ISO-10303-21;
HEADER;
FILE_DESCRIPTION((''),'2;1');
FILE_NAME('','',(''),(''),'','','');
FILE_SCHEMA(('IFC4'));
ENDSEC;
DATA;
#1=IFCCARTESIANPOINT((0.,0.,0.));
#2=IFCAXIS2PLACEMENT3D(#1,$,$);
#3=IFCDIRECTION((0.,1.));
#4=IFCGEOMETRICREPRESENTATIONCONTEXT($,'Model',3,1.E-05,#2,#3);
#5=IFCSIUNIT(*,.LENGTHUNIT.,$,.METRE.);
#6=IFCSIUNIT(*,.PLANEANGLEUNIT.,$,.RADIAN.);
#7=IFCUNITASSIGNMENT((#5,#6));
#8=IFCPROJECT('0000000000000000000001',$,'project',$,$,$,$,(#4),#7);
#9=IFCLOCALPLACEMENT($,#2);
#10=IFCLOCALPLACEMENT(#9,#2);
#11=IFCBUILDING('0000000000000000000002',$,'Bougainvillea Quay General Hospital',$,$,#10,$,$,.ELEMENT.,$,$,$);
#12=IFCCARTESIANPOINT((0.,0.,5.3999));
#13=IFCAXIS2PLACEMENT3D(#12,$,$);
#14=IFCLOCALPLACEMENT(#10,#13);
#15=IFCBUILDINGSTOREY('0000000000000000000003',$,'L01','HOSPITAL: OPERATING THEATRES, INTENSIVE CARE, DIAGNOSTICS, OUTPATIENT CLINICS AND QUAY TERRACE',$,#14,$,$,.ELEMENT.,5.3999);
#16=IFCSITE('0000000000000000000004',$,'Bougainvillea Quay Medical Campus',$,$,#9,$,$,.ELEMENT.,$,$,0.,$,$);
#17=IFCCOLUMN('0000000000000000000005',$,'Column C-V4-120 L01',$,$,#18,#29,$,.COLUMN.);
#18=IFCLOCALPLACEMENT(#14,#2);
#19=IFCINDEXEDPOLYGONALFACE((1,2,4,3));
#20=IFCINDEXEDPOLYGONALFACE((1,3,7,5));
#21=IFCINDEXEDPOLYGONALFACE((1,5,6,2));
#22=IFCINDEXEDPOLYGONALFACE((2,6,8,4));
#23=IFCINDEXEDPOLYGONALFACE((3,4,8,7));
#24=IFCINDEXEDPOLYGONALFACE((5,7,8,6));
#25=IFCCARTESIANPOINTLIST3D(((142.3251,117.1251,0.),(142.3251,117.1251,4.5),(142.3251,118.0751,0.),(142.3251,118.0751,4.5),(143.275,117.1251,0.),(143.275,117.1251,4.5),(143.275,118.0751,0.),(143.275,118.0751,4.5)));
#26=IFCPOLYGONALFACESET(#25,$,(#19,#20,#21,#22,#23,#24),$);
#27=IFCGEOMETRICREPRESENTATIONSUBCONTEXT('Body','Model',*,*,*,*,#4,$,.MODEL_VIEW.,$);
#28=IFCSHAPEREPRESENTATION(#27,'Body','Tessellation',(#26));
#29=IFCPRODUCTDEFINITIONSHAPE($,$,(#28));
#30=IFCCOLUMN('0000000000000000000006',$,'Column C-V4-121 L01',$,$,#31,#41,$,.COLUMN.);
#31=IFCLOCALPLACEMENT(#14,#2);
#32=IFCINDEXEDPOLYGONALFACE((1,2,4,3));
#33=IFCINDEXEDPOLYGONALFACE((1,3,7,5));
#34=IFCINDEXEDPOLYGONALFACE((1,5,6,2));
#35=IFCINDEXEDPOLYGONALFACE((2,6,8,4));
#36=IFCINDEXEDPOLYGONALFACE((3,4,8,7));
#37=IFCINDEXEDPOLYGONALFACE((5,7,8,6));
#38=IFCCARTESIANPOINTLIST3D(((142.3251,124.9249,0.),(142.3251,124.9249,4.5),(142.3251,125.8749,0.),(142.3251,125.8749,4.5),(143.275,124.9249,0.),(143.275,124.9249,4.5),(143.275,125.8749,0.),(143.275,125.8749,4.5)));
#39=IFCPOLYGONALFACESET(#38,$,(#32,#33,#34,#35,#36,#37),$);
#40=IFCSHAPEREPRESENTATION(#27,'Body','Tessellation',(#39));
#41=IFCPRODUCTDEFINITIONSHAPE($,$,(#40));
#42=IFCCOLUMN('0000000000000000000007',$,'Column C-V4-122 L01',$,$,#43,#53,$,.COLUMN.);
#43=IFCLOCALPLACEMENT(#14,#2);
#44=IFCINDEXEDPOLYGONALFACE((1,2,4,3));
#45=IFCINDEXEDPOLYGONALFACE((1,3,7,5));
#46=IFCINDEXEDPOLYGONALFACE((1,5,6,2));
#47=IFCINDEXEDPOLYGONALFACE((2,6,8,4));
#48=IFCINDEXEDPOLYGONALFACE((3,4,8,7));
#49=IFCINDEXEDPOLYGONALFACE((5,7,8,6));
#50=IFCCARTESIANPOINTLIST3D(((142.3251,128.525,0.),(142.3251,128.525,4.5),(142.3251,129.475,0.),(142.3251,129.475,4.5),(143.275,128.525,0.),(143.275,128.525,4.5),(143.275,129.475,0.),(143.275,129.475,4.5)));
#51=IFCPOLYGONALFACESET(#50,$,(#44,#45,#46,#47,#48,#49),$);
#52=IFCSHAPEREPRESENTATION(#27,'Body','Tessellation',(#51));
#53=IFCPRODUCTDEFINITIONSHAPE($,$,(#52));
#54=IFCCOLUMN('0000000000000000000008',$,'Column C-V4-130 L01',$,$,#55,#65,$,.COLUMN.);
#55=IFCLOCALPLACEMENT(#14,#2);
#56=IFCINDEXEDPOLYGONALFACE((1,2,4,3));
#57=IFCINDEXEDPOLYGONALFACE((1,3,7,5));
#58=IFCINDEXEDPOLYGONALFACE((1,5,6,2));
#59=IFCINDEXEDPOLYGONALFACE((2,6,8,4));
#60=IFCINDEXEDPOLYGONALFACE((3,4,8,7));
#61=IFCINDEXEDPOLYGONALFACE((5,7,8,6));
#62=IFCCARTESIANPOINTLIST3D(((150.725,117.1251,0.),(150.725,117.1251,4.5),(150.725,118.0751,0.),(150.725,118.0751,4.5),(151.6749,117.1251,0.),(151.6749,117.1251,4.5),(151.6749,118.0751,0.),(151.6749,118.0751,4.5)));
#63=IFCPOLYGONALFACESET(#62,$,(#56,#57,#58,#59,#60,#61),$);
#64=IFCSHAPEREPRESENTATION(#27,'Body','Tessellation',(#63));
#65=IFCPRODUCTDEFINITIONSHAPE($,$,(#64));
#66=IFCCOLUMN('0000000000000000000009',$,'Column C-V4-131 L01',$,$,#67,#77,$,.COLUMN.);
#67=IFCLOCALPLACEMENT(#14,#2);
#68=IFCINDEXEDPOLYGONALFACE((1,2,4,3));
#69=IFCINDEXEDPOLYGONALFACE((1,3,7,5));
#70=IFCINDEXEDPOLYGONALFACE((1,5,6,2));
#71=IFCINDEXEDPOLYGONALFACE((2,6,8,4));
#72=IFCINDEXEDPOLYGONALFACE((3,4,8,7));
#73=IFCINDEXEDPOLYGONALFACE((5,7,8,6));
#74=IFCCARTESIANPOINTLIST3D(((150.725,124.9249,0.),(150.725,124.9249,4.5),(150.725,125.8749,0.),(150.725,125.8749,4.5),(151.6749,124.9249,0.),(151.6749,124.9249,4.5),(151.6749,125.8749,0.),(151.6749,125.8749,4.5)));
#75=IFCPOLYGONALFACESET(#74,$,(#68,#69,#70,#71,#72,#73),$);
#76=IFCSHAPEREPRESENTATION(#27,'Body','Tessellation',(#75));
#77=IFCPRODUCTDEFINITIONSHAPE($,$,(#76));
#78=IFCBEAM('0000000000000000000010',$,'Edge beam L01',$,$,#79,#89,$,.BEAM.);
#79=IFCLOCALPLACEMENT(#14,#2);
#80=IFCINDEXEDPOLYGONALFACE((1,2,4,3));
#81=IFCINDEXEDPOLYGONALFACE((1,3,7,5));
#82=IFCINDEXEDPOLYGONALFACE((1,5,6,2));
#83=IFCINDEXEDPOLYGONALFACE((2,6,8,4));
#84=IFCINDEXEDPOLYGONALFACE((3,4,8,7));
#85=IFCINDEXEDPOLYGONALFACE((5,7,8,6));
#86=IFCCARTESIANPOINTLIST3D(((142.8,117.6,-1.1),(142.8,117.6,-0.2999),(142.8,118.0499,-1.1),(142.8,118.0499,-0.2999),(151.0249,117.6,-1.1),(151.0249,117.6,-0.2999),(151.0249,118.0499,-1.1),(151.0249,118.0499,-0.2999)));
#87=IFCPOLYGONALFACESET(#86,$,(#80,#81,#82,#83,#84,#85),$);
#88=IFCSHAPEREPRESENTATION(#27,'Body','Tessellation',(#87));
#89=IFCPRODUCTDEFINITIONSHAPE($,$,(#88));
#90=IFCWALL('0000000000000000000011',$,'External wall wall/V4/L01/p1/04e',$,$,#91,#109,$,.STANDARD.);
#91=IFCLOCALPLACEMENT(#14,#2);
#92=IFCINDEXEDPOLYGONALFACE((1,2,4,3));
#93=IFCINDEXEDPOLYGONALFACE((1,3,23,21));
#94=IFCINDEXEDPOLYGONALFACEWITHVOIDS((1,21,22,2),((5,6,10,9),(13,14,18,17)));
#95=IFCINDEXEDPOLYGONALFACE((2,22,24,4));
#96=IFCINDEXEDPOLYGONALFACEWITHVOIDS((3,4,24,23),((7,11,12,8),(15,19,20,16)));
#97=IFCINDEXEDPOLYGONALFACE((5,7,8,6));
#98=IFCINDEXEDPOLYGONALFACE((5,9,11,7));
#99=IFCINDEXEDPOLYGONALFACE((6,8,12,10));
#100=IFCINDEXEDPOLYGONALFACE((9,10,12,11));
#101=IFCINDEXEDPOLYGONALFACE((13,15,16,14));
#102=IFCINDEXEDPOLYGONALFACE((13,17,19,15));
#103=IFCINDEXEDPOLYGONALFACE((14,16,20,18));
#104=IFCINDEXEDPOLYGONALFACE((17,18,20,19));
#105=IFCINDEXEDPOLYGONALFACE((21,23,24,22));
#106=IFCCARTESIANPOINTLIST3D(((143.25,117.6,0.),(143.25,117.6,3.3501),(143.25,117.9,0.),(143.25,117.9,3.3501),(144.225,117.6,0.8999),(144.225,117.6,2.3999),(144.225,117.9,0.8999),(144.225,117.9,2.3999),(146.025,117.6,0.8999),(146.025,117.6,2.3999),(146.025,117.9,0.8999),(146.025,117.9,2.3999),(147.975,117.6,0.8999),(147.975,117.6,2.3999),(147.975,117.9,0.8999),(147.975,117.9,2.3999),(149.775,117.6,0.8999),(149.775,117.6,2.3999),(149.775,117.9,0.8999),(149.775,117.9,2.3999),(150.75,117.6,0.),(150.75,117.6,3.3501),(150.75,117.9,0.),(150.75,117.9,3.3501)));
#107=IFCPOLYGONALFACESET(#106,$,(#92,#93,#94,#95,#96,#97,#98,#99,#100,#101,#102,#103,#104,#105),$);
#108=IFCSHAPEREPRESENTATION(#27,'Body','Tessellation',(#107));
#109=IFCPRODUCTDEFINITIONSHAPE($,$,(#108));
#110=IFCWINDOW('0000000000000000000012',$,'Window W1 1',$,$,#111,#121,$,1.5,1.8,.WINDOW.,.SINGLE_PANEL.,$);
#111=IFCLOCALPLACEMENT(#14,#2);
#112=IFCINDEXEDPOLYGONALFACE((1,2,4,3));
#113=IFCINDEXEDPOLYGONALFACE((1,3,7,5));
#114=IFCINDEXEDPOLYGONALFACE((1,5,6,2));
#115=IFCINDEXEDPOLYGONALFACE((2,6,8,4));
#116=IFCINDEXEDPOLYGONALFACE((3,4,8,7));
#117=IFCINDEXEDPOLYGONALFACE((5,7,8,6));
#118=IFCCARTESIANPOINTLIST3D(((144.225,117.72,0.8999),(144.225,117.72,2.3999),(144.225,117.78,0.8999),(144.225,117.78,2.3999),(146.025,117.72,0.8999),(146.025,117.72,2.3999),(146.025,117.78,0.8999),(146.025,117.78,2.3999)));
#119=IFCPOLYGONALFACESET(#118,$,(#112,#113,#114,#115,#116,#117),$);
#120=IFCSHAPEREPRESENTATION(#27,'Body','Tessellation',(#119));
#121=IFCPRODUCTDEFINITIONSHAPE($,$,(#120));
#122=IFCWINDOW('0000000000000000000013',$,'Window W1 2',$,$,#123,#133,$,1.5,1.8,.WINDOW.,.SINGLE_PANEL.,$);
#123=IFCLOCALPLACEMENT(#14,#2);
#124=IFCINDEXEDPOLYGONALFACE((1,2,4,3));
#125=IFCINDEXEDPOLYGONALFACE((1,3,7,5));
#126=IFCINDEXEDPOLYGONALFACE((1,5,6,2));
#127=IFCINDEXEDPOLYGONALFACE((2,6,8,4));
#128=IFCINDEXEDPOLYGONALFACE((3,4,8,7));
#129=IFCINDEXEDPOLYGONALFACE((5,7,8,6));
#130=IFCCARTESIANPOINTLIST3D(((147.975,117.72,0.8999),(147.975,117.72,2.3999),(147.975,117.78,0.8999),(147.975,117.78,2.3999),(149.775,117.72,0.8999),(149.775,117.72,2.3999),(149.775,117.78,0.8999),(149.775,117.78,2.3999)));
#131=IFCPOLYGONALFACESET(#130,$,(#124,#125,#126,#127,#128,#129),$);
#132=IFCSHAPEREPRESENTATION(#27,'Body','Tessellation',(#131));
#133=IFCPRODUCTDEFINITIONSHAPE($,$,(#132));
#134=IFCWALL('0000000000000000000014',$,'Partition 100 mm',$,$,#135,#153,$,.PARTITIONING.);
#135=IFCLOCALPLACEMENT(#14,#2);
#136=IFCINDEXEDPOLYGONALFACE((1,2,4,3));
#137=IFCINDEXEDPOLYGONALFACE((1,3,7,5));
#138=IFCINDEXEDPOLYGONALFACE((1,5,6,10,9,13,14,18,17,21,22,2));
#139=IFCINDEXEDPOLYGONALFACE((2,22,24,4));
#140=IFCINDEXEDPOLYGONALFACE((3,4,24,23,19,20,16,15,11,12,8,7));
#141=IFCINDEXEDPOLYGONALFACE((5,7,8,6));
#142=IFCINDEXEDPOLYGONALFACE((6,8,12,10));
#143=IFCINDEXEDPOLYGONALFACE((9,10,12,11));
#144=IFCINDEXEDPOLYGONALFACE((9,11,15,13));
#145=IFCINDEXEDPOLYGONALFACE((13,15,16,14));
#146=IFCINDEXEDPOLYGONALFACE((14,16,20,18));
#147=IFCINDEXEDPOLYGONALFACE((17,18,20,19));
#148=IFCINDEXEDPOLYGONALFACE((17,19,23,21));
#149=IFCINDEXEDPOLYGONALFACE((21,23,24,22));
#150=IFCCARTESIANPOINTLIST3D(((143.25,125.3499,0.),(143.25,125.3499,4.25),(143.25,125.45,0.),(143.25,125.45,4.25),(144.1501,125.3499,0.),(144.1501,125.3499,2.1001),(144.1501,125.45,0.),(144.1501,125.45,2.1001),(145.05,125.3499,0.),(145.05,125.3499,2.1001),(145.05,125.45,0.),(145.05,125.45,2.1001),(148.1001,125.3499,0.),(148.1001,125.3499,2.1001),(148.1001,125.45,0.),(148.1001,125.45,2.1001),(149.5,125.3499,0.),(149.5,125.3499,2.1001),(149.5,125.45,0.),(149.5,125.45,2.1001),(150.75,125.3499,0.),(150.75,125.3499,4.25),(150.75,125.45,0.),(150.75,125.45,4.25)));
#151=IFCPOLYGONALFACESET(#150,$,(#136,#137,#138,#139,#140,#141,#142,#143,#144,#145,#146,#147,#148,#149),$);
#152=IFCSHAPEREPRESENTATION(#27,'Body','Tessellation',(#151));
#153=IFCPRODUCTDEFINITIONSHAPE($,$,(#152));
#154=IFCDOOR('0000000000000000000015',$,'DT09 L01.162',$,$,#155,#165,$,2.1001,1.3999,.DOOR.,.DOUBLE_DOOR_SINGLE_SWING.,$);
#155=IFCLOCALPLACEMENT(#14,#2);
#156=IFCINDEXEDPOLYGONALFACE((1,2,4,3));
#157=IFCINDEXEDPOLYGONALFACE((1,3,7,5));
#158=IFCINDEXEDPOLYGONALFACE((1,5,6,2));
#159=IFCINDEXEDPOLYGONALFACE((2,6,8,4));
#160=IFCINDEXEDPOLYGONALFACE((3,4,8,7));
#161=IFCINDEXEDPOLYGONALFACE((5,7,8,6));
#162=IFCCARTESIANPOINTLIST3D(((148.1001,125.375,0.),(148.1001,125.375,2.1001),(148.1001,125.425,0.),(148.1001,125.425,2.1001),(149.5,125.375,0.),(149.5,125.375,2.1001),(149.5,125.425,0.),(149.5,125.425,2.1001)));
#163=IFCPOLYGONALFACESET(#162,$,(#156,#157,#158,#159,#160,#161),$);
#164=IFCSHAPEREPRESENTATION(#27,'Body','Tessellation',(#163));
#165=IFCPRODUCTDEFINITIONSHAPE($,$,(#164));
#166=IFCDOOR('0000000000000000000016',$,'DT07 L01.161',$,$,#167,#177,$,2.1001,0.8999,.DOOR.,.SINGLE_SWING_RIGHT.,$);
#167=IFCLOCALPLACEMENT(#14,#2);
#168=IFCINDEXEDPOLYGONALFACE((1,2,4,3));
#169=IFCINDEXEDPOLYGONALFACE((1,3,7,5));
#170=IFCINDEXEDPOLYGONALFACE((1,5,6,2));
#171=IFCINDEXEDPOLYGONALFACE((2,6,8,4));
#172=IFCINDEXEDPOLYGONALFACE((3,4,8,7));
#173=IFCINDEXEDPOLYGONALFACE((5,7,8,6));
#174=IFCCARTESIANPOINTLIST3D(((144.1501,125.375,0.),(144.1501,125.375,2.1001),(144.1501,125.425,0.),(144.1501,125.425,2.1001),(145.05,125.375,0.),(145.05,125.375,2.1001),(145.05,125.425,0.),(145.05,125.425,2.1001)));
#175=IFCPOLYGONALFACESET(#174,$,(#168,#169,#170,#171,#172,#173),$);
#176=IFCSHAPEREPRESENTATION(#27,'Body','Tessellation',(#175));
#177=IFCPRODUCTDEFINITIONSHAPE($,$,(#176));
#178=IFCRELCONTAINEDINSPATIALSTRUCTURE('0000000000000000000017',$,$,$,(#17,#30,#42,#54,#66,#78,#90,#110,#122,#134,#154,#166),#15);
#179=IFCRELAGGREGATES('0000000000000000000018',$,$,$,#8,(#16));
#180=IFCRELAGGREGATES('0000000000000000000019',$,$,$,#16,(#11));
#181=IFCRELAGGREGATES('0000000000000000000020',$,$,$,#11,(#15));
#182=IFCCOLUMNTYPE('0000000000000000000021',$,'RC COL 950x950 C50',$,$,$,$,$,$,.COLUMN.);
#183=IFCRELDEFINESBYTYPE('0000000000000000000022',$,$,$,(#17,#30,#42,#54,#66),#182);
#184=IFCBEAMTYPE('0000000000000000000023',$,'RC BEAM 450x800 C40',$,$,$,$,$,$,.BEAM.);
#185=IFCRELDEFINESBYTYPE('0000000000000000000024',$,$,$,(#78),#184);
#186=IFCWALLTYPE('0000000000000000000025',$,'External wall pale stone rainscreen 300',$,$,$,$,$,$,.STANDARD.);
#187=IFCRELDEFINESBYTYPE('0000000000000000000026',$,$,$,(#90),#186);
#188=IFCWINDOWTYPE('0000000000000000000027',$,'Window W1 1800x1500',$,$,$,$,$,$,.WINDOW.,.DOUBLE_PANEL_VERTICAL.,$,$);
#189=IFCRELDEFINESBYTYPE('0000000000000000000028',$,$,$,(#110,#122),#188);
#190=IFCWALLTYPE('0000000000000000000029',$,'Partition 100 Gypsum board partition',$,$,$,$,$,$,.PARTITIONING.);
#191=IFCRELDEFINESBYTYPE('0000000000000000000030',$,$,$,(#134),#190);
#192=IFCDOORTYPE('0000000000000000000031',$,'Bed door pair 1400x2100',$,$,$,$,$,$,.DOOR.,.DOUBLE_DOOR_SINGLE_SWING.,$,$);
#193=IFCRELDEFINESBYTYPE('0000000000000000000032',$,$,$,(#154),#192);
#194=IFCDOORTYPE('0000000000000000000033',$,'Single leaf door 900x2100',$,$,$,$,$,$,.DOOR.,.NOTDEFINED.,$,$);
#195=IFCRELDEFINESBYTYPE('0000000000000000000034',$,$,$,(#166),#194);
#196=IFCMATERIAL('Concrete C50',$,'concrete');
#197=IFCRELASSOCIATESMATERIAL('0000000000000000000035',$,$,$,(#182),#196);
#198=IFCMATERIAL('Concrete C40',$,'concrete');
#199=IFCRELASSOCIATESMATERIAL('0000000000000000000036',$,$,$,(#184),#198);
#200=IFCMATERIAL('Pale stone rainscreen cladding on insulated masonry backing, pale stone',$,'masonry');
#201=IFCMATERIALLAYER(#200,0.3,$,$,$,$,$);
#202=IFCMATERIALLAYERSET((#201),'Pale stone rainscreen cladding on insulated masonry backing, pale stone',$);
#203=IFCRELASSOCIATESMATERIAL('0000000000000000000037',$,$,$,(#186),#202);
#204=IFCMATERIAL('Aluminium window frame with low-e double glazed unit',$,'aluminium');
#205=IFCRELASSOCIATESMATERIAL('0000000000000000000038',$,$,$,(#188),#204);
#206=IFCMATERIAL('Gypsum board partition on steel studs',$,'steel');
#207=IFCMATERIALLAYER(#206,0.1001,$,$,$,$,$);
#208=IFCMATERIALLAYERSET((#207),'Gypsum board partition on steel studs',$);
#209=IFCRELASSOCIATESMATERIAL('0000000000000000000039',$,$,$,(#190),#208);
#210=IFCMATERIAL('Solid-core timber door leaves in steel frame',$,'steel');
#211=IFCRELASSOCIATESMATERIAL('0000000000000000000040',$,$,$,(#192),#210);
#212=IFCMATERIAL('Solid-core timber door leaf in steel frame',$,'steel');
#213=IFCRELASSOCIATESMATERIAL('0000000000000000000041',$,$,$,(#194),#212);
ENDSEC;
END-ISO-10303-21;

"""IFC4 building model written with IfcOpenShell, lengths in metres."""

from ifc_helpers import new_model, si_unit, direction, frame, frame_2d, origin, origin_2d, place, context, subcontext, project, spatial, rectangle, extrude, material, layer, layer_set, material_profile, profile_set, type_object, element, fill, save


model = new_model("IFC4")

# Units and contexts
model_context = context("Model", 3, precision=1e-05, world=origin(), true_north=direction((0.0, 1.0)))
body_context = subcontext(model_context, "Body", "Model", "MODEL_VIEW")
ifc_project = project(units=[si_unit("LENGTHUNIT", "METRE"), si_unit("PLANEANGLEUNIT", "RADIAN")], contexts=[model_context])

# Site, building, storey
site_placement = place(None, origin())
site = spatial("IfcSite", under=ifc_project, at=site_placement, Name="Bougainvillea Quay Medical Campus", CompositionType="ELEMENT", RefElevation=0.0)
building_placement = place(site_placement, origin())
building = spatial("IfcBuilding", under=site, at=building_placement, Name="Bougainvillea Quay General Hospital", CompositionType="ELEMENT")
storey_placement = place(building_placement, frame((0.0, 0.0, 5.3999)))
storey = spatial("IfcBuildingStorey", under=building, at=storey_placement, Name="L01", Description="HOSPITAL: OPERATING THEATRES, INTENSIVE CARE, DIAGNOSTICS, OUTPATIENT CLINICS AND QUAY TERRACE", CompositionType="ELEMENT", Elevation=5.3999)

# Columns
ifc_material_1 = material(Name="Concrete C50", Category="concrete")
ifc_material_profile_1 = material_profile(ifc_material_1, rectangle(XDim=0.95, YDim=0.95, at=origin_2d()))
ifc_profile_set_1 = profile_set([ifc_material_profile_1], Name="Concrete C50")
column_type = type_object("IfcColumnType", Name="RC COL 950x950 C50", PredefinedType="COLUMN", material=ifc_profile_set_1)
for number, where, z_axis, x_axis, name in (
    (1, (142.8, 117.6001, 0.0), (0.0, 0.0, 1.0), (1.0, 0.0, 0.0), "Column C-V4-120 L01"),
    (2, (142.8, 125.3999, 0.0), (0.0, 0.0, 1.0), (1.0, 0.0, 0.0), "Column C-V4-121 L01"),
    (3, (142.8, 129.0, 0.0), (0.0, 0.0, 1.0), (1.0, 0.0, 0.0), "Column C-V4-122 L01"),
    (4, (151.2, 117.6001, 0.0), (0.0, 0.0, 1.0), (1.0, 0.0, 0.0), "Column C-V4-130 L01"),
    (5, (151.2, 125.3999, 0.0), (0.0, 0.0, 1.0), (1.0, 0.0, 0.0), "Column C-V4-131 L01"),
):
    element("IfcColumn", number, at=place(storey_placement, frame(where, z_axis=z_axis, x_axis=x_axis)), inside=storey, type_object=column_type, Name=name, PredefinedType="COLUMN", context=body_context, shape_type="SweptSolid", body=[
        extrude(rectangle(XDim=0.95, YDim=0.95, at=origin_2d()), origin(), (0.0, 0.0, 1.0), 4.5),
    ])

# Beam
ifc_material_2 = material(Name="Concrete C40", Category="concrete")
ifc_material_profile_2 = material_profile(ifc_material_2, rectangle(XDim=0.45, YDim=0.8, at=origin_2d()))
ifc_profile_set_2 = profile_set([ifc_material_profile_2], Name="Concrete C40")
beam_type = type_object("IfcBeamType", Name="RC BEAM 450x800 C40", PredefinedType="BEAM", material=ifc_profile_set_2)
beam_placement = place(storey_placement, frame((142.8, 117.825, -0.7), z_axis=(1.0, 0.0, 0.0), x_axis=(0.0, 1.0, 0.0)))
element("IfcBeam", 6, at=beam_placement, inside=storey, type_object=beam_type, Name="Edge beam L01", PredefinedType="BEAM", context=body_context, shape_type="SweptSolid", body=[
    extrude(rectangle(XDim=0.45, YDim=0.8, at=origin_2d()), origin(), (0.0, 0.0, 1.0), 8.2249),
])

# Wall, openings, windows
ifc_material_3 = material(Name="Pale stone rainscreen cladding on insulated masonry backing, pale stone", Category="masonry")
ifc_layer_1 = layer(ifc_material_3, 0.3)
ifc_layer_set_1 = layer_set([ifc_layer_1], Name="Pale stone rainscreen cladding on insulated masonry backing, pale stone")
wall_type_1 = type_object("IfcWallType", Name="External wall pale stone rainscreen 300", PredefinedType="STANDARD", material=ifc_layer_set_1)
wall_1_placement = place(storey_placement, frame((143.25, 117.75, 0.0), z_axis=(0.0, 0.0, 1.0), x_axis=(1.0, 0.0, 0.0)))
wall_1 = element("IfcWall", 7, at=wall_1_placement, inside=storey, type_object=wall_type_1, Name="External wall wall/V4/L01/p1/04e", PredefinedType="STANDARD", context=body_context, shape_type="SweptSolid", body=[
    extrude(rectangle(XDim=7.5, YDim=0.3, at=frame_2d((3.75, 0.0))), origin(), (0.0, 0.0, 1.0), 3.3501),
])
opening_1_placement = place(wall_1_placement, frame((0.9751, 0.0, 0.8999)))
opening_1 = element("IfcOpeningElement", 8, at=opening_1_placement, cuts=wall_1, PredefinedType="OPENING", context=body_context, shape_type="SweptSolid", body=[
    extrude(rectangle(XDim=1.8, YDim=1.5, at=frame_2d((0.8999, 0.75))), frame((0.0, 0.1599, 0.0), z_axis=(0.0, -1.0, 0.0), x_axis=(1.0, 0.0, 0.0)), (0.0, 0.0, 1.0), 0.3201),
])
opening_2_placement = place(wall_1_placement, frame((4.7251, 0.0, 0.8999)))
opening_2 = element("IfcOpeningElement", 9, at=opening_2_placement, cuts=wall_1, PredefinedType="OPENING", context=body_context, shape_type="SweptSolid", body=[
    extrude(rectangle(XDim=1.8, YDim=1.5, at=frame_2d((0.8999, 0.75))), frame((0.0, 0.1599, 0.0), z_axis=(0.0, -1.0, 0.0), x_axis=(1.0, 0.0, 0.0)), (0.0, 0.0, 1.0), 0.3201),
])
ifc_material_4 = material(Name="Aluminium window frame with low-e double glazed unit", Category="aluminium")
window_type = type_object("IfcWindowType", Name="Window W1 1800x1500", PartitioningType="DOUBLE_PANEL_VERTICAL", PredefinedType="WINDOW", material=ifc_material_4)
window_1_placement = place(opening_1_placement, origin())
window_1 = element("IfcWindow", 10, at=window_1_placement, inside=storey, type_object=window_type, Name="Window W1 1", OverallHeight=1.5, OverallWidth=1.8, PartitioningType="SINGLE_PANEL", PredefinedType="WINDOW", context=body_context, shape_type="SweptSolid", body=[
    extrude(rectangle(XDim=1.8, YDim=1.5, at=frame_2d((0.8999, 0.75))), frame((0.0, 0.03, 0.0), z_axis=(0.0, -1.0, 0.0), x_axis=(1.0, 0.0, 0.0)), (0.0, 0.0, 1.0), 0.0601),
])
fill(opening_1, window_1)
window_2_placement = place(opening_2_placement, origin())
window_2 = element("IfcWindow", 11, at=window_2_placement, inside=storey, type_object=window_type, Name="Window W1 2", OverallHeight=1.5, OverallWidth=1.8, PartitioningType="SINGLE_PANEL", PredefinedType="WINDOW", context=body_context, shape_type="SweptSolid", body=[
    extrude(rectangle(XDim=1.8, YDim=1.5, at=frame_2d((0.8999, 0.75))), frame((0.0, 0.03, 0.0), z_axis=(0.0, -1.0, 0.0), x_axis=(1.0, 0.0, 0.0)), (0.0, 0.0, 1.0), 0.0601),
])
fill(opening_2, window_2)

# Wall, openings, doors
ifc_material_5 = material(Name="Gypsum board partition on steel studs", Category="steel")
ifc_layer_2 = layer(ifc_material_5, 0.1001)
ifc_layer_set_2 = layer_set([ifc_layer_2], Name="Gypsum board partition on steel studs")
wall_type_2 = type_object("IfcWallType", Name="Partition 100 Gypsum board partition", PredefinedType="PARTITIONING", material=ifc_layer_set_2)
wall_2_placement = place(storey_placement, frame((150.75, 125.3999, 0.0), z_axis=(0.0, 0.0, 1.0), x_axis=(-1.0, 0.0, 0.0)))
wall_2 = element("IfcWall", 12, at=wall_2_placement, inside=storey, type_object=wall_type_2, Name="Partition 100 mm", PredefinedType="PARTITIONING", context=body_context, shape_type="SweptSolid", body=[
    extrude(rectangle(XDim=7.5, YDim=0.1001, at=frame_2d((3.75, 0.0))), origin(), (0.0, 0.0, 1.0), 4.25),
])
opening_3_placement = place(wall_2_placement, frame((5.7, 0.0, 0.0)))
opening_3 = element("IfcOpeningElement", 13, at=opening_3_placement, cuts=wall_2, PredefinedType="OPENING", context=body_context, shape_type="SweptSolid", body=[
    extrude(rectangle(XDim=0.8999, YDim=2.1001, at=frame_2d((0.45, 1.05))), frame((0.0, 0.0601, 0.0), z_axis=(0.0, -1.0, 0.0), x_axis=(1.0, 0.0, 0.0)), (0.0, 0.0, 1.0), 0.1201),
])
opening_4_placement = place(wall_2_placement, frame((1.25, 0.0, 0.0)))
opening_4 = element("IfcOpeningElement", 14, at=opening_4_placement, cuts=wall_2, PredefinedType="OPENING", context=body_context, shape_type="SweptSolid", body=[
    extrude(rectangle(XDim=1.3999, YDim=2.1001, at=frame_2d((0.7, 1.05))), frame((0.0, 0.0601, 0.0), z_axis=(0.0, -1.0, 0.0), x_axis=(1.0, 0.0, 0.0)), (0.0, 0.0, 1.0), 0.1201),
])
ifc_material_6 = material(Name="Solid-core timber door leaves in steel frame", Category="steel")
door_type_1 = type_object("IfcDoorType", Name="Bed door pair 1400x2100", OperationType="DOUBLE_DOOR_SINGLE_SWING", PredefinedType="DOOR", material=ifc_material_6)
door_1_placement = place(opening_4_placement, origin())
door_1 = element("IfcDoor", 15, at=door_1_placement, inside=storey, type_object=door_type_1, Name="DT09 L01.162", OperationType="DOUBLE_DOOR_SINGLE_SWING", OverallHeight=2.1001, OverallWidth=1.3999, PredefinedType="DOOR", context=body_context, shape_type="SweptSolid", body=[
    extrude(rectangle(XDim=1.3999, YDim=2.1001, at=frame_2d((0.7, 1.05))), frame((0.0, 0.0249, 0.0), z_axis=(0.0, -1.0, 0.0), x_axis=(1.0, 0.0, 0.0)), (0.0, 0.0, 1.0), 0.05),
])
fill(opening_4, door_1)
ifc_material_7 = material(Name="Solid-core timber door leaf in steel frame", Category="steel")
door_type_2 = type_object("IfcDoorType", Name="Single leaf door 900x2100", OperationType="NOTDEFINED", PredefinedType="DOOR", material=ifc_material_7)
door_2_placement = place(opening_3_placement, origin())
door_2 = element("IfcDoor", 16, at=door_2_placement, inside=storey, type_object=door_type_2, Name="DT07 L01.161", OperationType="SINGLE_SWING_RIGHT", OverallHeight=2.1001, OverallWidth=0.8999, PredefinedType="DOOR", context=body_context, shape_type="SweptSolid", body=[
    extrude(rectangle(XDim=0.8999, YDim=2.1001, at=frame_2d((0.45, 1.05))), frame((0.0, 0.0249, 0.0), z_axis=(0.0, -1.0, 0.0), x_axis=(1.0, 0.0, 0.0)), (0.0, 0.0, 1.0), 0.05),
])
fill(opening_3, door_2)

save(model, "model.ifc")
